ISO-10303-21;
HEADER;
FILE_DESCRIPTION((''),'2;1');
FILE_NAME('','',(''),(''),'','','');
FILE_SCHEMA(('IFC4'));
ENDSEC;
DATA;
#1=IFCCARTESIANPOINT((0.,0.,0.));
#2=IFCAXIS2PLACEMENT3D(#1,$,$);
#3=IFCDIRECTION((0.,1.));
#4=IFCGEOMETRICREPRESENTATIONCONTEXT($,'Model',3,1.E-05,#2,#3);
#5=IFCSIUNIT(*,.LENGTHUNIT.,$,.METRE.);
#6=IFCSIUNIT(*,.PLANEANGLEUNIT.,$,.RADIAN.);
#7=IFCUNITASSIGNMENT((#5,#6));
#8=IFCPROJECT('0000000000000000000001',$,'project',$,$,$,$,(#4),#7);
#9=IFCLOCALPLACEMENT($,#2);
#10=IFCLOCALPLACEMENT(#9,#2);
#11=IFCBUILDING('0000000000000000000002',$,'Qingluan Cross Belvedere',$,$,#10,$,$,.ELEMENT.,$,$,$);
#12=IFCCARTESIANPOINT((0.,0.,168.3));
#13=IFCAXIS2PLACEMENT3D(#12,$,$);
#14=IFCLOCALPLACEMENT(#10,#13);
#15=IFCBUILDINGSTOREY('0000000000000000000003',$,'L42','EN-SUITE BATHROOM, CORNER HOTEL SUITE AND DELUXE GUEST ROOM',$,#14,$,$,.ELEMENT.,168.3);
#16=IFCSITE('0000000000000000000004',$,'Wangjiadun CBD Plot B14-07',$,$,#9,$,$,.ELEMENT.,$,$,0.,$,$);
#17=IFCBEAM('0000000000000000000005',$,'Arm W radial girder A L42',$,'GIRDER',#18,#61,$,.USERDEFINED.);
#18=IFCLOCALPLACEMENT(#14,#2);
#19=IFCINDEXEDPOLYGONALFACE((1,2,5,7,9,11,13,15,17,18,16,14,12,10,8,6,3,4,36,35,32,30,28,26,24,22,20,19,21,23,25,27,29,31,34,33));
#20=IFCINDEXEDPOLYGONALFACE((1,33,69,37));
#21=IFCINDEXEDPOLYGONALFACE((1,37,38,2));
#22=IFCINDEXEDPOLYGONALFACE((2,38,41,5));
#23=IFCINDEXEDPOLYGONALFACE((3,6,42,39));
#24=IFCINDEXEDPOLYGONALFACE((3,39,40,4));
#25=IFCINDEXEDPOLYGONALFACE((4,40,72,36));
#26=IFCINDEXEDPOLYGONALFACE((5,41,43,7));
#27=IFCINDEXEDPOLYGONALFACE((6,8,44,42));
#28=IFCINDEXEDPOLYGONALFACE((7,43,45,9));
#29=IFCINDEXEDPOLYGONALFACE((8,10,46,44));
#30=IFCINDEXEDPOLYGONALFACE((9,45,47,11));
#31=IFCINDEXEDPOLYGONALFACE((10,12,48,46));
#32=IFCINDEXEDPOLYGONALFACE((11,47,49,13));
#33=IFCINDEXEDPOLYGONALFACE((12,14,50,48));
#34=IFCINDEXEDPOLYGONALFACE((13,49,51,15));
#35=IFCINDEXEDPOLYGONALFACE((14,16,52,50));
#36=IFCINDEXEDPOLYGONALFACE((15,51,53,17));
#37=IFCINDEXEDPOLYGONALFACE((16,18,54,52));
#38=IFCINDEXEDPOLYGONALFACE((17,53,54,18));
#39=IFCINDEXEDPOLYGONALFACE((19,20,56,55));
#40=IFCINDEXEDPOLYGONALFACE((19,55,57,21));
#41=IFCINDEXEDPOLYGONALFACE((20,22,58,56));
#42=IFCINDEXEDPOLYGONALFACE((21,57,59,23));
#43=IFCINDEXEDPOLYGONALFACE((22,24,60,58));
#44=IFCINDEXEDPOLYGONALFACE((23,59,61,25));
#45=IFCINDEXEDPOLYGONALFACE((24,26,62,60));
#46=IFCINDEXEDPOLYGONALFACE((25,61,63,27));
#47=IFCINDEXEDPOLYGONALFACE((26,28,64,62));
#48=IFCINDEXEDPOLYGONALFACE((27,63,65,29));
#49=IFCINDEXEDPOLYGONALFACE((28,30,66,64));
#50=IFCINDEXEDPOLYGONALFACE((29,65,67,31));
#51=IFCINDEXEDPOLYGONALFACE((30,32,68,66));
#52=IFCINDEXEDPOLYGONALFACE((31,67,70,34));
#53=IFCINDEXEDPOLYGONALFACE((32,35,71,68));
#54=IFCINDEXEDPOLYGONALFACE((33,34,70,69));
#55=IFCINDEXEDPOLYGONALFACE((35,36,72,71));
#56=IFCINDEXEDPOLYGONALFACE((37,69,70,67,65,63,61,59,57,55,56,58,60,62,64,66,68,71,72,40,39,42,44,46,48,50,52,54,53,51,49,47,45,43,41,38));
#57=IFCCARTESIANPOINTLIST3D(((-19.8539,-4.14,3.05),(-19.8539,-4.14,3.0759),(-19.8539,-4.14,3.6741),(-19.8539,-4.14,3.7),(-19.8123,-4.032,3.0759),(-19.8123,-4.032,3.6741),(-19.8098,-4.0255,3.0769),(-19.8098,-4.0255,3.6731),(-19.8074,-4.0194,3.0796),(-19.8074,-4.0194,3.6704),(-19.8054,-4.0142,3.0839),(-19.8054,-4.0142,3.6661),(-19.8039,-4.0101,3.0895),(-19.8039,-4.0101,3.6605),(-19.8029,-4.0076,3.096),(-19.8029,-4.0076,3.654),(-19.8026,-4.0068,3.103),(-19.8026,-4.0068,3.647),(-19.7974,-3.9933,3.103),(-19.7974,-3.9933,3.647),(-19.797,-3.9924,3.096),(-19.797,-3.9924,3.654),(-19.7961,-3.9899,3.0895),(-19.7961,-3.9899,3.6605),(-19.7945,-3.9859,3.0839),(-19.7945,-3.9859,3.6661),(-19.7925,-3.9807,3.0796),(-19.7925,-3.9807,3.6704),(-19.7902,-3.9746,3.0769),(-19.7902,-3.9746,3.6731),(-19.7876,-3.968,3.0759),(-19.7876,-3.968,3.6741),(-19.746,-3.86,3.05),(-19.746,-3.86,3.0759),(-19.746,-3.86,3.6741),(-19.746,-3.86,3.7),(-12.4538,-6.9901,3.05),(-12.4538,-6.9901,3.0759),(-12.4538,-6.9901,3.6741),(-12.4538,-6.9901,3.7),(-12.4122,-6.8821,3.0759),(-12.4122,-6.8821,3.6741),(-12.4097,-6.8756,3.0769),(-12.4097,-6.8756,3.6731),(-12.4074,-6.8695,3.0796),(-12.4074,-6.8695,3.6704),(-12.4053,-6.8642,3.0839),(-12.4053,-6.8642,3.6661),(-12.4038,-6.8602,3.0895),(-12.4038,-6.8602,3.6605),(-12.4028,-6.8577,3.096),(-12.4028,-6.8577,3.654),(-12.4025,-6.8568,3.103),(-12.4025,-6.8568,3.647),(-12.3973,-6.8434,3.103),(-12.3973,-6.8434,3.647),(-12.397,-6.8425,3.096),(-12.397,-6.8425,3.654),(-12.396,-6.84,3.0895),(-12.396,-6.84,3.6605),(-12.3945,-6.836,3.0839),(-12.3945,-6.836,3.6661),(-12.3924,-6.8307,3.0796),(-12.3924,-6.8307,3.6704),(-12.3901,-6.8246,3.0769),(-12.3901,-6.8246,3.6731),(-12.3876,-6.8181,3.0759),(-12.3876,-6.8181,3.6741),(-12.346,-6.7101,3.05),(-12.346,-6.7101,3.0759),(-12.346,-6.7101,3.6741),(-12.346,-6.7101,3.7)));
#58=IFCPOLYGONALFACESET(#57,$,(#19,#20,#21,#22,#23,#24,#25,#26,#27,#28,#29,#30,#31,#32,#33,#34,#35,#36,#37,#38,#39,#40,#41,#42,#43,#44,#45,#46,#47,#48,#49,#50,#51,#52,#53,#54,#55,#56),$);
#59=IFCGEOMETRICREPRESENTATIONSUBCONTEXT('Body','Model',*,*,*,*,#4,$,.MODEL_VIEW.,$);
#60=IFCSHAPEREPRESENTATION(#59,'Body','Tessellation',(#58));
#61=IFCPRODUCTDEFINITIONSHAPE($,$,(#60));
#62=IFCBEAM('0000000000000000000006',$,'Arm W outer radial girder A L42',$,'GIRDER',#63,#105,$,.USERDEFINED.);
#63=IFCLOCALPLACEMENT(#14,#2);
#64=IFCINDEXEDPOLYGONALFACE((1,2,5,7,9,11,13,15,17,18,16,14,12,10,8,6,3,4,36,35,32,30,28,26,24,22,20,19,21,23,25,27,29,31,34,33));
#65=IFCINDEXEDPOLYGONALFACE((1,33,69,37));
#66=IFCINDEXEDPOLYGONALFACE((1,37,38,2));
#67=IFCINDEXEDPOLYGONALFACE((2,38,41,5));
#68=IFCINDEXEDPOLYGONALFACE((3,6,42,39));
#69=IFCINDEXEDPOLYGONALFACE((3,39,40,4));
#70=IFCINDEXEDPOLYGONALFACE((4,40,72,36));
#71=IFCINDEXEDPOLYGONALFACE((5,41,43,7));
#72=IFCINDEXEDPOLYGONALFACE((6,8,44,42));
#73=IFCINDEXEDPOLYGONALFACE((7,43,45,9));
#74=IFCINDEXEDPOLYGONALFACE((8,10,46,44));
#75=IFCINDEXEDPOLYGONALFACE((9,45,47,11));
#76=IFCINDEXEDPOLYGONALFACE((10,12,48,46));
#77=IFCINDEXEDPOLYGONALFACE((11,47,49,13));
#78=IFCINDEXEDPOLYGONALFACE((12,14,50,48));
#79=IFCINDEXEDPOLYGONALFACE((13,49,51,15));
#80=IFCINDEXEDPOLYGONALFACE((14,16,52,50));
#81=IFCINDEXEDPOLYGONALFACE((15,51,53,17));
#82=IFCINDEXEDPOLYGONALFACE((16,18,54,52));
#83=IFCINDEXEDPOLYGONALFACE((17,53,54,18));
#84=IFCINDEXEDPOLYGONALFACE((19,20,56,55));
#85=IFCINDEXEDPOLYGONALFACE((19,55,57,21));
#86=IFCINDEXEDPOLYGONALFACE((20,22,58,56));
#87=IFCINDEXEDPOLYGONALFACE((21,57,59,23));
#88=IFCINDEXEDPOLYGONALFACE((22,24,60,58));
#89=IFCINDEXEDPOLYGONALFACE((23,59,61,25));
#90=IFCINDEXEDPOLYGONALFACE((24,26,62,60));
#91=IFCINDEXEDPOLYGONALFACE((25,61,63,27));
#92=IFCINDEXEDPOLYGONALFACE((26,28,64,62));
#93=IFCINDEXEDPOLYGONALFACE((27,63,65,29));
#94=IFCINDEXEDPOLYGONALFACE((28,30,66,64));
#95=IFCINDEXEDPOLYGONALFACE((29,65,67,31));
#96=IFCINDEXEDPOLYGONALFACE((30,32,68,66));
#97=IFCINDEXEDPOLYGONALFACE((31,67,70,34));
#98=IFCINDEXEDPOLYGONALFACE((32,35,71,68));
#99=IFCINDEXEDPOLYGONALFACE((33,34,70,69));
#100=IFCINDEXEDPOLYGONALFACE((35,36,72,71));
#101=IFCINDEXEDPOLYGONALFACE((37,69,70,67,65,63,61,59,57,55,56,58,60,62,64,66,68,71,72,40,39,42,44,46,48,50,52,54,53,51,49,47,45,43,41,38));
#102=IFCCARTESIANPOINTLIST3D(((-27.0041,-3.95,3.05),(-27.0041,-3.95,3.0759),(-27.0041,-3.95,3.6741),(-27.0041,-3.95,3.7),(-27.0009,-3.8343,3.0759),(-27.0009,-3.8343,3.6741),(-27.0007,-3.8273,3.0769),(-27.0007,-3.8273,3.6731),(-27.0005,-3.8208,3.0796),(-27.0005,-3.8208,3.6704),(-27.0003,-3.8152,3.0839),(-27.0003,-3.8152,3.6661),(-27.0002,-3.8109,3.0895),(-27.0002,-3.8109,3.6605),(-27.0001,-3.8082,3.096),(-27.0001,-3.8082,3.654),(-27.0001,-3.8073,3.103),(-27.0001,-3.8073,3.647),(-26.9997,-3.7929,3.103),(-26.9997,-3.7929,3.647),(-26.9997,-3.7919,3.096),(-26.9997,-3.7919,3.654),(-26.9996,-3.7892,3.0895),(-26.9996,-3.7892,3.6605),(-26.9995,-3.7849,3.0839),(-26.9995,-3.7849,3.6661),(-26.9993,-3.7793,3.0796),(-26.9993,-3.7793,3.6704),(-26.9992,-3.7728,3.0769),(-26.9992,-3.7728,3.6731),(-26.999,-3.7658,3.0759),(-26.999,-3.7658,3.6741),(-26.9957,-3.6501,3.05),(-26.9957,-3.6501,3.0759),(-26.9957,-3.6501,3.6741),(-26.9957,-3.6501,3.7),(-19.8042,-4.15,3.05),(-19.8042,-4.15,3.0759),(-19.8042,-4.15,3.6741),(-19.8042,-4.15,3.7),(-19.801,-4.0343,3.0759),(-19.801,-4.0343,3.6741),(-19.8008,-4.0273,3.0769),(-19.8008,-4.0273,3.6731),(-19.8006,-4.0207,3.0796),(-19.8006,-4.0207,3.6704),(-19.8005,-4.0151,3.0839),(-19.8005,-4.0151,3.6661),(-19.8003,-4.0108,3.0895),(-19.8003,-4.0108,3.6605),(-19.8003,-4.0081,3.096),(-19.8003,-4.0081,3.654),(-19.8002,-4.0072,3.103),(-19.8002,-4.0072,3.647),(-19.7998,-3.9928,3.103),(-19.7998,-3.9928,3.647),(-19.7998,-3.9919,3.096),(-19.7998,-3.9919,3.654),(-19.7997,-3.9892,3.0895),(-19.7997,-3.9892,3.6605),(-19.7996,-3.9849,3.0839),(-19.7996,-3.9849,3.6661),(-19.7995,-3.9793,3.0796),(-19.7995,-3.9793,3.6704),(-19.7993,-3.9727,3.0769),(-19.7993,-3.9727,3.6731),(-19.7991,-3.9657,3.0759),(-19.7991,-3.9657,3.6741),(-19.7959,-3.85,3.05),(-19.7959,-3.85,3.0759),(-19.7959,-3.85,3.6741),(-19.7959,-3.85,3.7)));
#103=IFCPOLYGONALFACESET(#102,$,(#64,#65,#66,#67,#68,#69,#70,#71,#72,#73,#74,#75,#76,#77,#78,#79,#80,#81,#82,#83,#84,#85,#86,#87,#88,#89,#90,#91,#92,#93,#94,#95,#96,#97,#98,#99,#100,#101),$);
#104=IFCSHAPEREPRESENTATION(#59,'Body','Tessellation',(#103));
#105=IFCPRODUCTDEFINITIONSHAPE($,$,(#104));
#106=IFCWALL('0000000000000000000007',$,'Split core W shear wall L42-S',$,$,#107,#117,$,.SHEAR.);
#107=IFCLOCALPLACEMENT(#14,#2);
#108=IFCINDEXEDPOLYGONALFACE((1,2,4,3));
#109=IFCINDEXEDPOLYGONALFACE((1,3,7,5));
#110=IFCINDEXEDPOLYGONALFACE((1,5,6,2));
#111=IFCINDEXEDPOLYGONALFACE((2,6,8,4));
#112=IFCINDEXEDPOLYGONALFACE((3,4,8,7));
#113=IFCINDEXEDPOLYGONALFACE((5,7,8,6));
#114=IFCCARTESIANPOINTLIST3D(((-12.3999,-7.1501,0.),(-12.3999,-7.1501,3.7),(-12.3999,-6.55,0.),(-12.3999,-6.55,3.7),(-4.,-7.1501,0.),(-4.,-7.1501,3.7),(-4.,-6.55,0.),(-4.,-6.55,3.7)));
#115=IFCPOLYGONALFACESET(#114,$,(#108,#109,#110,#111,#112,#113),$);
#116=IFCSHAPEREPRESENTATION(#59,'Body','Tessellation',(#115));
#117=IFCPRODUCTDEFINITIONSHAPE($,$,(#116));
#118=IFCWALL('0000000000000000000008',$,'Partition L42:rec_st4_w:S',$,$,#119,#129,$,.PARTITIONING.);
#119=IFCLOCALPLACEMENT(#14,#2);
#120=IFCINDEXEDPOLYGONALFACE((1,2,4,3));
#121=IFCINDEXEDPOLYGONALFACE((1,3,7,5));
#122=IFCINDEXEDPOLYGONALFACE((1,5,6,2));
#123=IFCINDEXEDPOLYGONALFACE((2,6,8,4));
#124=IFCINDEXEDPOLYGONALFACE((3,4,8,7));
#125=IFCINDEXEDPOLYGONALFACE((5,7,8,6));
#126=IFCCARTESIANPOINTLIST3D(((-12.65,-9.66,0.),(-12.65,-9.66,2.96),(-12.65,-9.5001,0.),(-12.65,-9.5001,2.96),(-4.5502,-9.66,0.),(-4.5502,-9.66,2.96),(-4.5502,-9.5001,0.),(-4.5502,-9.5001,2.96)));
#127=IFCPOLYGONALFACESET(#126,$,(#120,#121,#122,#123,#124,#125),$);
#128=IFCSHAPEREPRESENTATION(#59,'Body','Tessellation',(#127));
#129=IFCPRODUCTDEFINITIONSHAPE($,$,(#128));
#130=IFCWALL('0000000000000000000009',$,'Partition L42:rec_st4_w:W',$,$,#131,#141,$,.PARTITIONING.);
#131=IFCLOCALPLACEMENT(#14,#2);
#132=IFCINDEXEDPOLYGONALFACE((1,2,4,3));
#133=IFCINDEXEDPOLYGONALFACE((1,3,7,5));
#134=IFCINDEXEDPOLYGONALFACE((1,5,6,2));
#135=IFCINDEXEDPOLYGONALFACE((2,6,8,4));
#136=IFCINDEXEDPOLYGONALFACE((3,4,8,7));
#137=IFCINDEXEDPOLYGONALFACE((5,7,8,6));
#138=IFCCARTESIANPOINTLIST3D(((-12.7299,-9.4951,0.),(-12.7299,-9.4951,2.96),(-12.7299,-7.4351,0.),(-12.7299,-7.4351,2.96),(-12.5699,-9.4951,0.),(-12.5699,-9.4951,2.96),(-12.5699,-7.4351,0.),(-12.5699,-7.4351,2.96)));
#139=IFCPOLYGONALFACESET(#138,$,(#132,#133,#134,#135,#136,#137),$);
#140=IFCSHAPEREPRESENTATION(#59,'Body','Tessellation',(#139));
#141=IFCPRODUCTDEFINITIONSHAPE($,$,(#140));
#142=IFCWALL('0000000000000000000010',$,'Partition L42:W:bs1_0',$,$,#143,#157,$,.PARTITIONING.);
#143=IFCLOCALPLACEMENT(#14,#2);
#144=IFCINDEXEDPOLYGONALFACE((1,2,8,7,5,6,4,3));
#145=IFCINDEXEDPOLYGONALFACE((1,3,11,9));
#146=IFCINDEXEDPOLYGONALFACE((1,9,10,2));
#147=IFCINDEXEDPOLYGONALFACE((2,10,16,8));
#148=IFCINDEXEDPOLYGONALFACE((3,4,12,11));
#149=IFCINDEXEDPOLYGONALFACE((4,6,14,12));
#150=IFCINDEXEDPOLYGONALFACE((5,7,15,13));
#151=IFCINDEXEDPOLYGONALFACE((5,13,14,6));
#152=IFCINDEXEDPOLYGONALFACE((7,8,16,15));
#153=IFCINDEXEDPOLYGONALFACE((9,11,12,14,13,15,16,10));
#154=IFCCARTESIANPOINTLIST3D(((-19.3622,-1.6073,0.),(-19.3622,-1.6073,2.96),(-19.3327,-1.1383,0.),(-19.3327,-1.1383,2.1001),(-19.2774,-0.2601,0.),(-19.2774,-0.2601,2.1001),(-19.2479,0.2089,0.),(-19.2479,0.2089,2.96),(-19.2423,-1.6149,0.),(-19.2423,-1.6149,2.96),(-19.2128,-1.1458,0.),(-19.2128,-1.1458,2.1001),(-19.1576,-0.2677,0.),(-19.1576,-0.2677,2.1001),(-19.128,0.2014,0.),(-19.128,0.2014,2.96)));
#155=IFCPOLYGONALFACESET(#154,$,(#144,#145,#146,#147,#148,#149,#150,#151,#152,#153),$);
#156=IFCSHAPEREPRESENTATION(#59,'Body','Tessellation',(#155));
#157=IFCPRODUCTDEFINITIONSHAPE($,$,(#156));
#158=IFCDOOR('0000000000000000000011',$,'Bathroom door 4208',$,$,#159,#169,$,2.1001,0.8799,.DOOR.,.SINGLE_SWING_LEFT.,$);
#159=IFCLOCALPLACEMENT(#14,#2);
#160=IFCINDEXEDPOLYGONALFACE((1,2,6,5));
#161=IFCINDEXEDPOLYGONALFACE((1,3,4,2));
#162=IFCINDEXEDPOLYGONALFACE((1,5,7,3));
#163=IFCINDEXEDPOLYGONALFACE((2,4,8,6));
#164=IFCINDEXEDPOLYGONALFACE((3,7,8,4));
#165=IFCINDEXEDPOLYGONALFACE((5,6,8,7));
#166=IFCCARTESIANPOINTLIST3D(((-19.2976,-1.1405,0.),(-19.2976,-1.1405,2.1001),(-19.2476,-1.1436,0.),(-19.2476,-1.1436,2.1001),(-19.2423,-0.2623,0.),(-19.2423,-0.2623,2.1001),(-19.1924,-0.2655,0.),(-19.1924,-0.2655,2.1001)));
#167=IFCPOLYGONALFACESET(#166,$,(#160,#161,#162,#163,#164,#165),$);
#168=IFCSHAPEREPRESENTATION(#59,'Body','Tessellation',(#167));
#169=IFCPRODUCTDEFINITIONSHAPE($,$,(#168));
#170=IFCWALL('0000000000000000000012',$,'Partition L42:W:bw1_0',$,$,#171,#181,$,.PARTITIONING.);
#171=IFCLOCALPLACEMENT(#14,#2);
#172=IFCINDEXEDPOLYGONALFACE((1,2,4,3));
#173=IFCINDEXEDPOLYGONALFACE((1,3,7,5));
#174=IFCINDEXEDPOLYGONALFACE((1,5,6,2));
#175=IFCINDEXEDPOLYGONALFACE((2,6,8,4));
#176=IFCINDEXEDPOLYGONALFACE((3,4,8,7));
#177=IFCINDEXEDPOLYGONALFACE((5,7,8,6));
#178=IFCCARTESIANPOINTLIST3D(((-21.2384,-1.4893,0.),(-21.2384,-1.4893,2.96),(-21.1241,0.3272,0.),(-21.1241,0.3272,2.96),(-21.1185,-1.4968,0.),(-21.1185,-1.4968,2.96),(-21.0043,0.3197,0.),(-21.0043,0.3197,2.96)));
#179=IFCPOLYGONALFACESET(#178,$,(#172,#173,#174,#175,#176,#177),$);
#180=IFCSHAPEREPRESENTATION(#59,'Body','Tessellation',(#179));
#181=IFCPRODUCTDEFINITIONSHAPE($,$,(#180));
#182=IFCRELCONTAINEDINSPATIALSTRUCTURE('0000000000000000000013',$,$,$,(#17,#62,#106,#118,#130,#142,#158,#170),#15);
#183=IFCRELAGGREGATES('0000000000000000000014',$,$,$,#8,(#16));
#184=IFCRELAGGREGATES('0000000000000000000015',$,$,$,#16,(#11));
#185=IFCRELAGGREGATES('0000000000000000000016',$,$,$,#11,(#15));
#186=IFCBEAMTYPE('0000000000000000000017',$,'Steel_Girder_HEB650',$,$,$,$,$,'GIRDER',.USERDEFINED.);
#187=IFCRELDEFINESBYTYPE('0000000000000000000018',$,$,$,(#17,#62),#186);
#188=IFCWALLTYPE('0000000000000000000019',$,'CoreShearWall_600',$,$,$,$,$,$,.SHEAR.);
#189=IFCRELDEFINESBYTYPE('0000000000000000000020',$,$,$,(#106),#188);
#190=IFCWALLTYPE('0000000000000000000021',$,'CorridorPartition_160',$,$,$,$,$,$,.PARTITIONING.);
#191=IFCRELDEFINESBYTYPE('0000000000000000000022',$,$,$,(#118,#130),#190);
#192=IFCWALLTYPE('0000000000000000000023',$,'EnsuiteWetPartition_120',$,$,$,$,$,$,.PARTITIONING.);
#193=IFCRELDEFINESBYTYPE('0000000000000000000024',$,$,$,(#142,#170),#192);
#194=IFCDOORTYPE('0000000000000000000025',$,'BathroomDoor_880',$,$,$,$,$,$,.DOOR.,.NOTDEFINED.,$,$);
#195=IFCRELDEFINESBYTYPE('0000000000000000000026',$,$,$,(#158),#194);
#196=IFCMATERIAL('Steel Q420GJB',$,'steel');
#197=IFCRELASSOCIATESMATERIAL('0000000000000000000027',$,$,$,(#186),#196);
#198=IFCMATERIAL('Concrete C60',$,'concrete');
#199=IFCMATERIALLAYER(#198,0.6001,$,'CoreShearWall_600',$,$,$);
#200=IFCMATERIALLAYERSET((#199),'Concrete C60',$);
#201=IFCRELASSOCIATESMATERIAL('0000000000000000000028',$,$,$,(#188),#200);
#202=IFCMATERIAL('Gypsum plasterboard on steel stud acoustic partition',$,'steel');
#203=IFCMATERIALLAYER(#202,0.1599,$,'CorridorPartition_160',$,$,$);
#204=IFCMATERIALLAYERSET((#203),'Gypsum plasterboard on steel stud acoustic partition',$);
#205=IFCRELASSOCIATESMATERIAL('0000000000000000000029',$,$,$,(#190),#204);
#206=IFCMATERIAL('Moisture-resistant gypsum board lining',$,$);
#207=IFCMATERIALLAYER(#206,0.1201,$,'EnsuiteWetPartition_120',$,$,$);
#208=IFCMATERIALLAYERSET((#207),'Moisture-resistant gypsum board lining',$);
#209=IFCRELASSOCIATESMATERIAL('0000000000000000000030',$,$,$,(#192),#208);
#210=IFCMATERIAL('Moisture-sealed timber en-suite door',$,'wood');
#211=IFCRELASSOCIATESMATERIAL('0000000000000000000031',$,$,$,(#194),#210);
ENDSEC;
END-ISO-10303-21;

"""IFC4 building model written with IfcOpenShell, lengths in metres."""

from ifc_helpers import new_model, si_unit, direction, frame, frame_2d, origin, origin_2d, place, context, subcontext, project, spatial, rectangle, i_section, extrude, material, layer, layer_set, material_profile, profile_set, type_object, element, fill, save


model = new_model("IFC4")

# Units and contexts
model_context = context("Model", 3, precision=1e-05, world=origin(), true_north=direction((0.0, 1.0)))
body_context = subcontext(model_context, "Body", "Model", "MODEL_VIEW")
ifc_project = project(units=[si_unit("LENGTHUNIT", "METRE"), si_unit("PLANEANGLEUNIT", "RADIAN")], contexts=[model_context])

# Site, building, storey
site_placement = place(None, origin())
site = spatial("IfcSite", under=ifc_project, at=site_placement, Name="Wangjiadun CBD Plot B14-07", CompositionType="ELEMENT", RefElevation=0.0)
building_placement = place(site_placement, origin())
building = spatial("IfcBuilding", under=site, at=building_placement, Name="Qingluan Cross Belvedere", CompositionType="ELEMENT")
storey_placement = place(building_placement, frame((0.0, 0.0, 168.3)))
storey = spatial("IfcBuildingStorey", under=building, at=storey_placement, Name="L42", Description="EN-SUITE BATHROOM, CORNER HOTEL SUITE AND DELUXE GUEST ROOM", CompositionType="ELEMENT", Elevation=168.3)

# Beams
ifc_material_1 = material(Name="Steel Q420GJB", Category="steel")
ifc_material_profile_1 = material_profile(ifc_material_1, i_section(OverallWidth=0.3, OverallDepth=0.6499, WebThickness=0.0144, FlangeThickness=0.0259, FilletRadius=0.0271, at=origin_2d()), Name="HEB650")
ifc_profile_set_1 = profile_set([ifc_material_profile_1], Name="Steel Q420GJB")
beam_type_1 = type_object("IfcBeamType", Name="Steel_Girder_HEB650", ElementType="GIRDER", PredefinedType="USERDEFINED", material=ifc_profile_set_1)
beam_1_placement = place(storey_placement, frame((-12.3999, -6.8501, 3.375), z_axis=(-0.933181, 0.359406, 0.0), x_axis=(-0.359406, -0.933181, 0.0)))
element("IfcBeam", 1, at=beam_1_placement, inside=storey, type_object=beam_type_1, Name="Arm W radial girder A L42", ObjectType="GIRDER", PredefinedType="USERDEFINED", context=body_context, shape_type="SweptSolid", body=[
    extrude(i_section(OverallWidth=0.3, OverallDepth=0.6499, WebThickness=0.0144, FlangeThickness=0.0259, FilletRadius=0.0271, at=origin_2d()), origin(), (0.0, 0.0, 1.0), 7.9299),
])
beam_2_placement = place(storey_placement, frame((-19.8, -4.0, 3.375), z_axis=(-0.999615, 0.02776, 0.0), x_axis=(-0.02776, -0.999615, 0.0)))
element("IfcBeam", 2, at=beam_2_placement, inside=storey, type_object=beam_type_1, Name="Arm W outer radial girder A L42", ObjectType="GIRDER", PredefinedType="USERDEFINED", context=body_context, shape_type="SweptSolid", body=[
    extrude(i_section(OverallWidth=0.3, OverallDepth=0.6499, WebThickness=0.0144, FlangeThickness=0.0259, FilletRadius=0.0271, at=origin_2d()), origin(), (0.0, 0.0, 1.0), 7.2026),
])

# Walls
ifc_material_2 = material(Name="Concrete C60", Category="concrete")
ifc_layer_1 = layer(ifc_material_2, 0.6001, Name="CoreShearWall_600")
ifc_layer_set_1 = layer_set([ifc_layer_1], Name="Concrete C60")
wall_type_1 = type_object("IfcWallType", Name="CoreShearWall_600", PredefinedType="SHEAR", material=ifc_layer_set_1)
wall_1_placement = place(storey_placement, frame((-12.3999, -6.8501, 0.0), z_axis=(0.0, 0.0, 1.0), x_axis=(1.0, 0.0, 0.0)))
element("IfcWall", 3, at=wall_1_placement, inside=storey, type_object=wall_type_1, Name="Split core W shear wall L42-S", PredefinedType="SHEAR", context=body_context, shape_type="SweptSolid", body=[
    extrude(rectangle(XDim=8.3999, YDim=0.6001, at=frame_2d((4.2, 0.0))), origin(), (0.0, 0.0, 1.0), 3.7),
])
ifc_material_3 = material(Name="Gypsum plasterboard on steel stud acoustic partition", Category="steel")
ifc_layer_2 = layer(ifc_material_3, 0.1599, Name="CorridorPartition_160")
ifc_layer_set_2 = layer_set([ifc_layer_2], Name="Gypsum plasterboard on steel stud acoustic partition")
wall_type_2 = type_object("IfcWallType", Name="CorridorPartition_160", PredefinedType="PARTITIONING", material=ifc_layer_set_2)
wall_2_placement = place(storey_placement, frame((-12.6499, -9.5801, 0.0), z_axis=(0.0, 0.0, 1.0), x_axis=(1.0, 0.0, 0.0)))
element("IfcWall", 4, at=wall_2_placement, inside=storey, type_object=wall_type_2, Name="Partition L42:rec_st4_w:S", PredefinedType="PARTITIONING", context=body_context, shape_type="SweptSolid", body=[
    extrude(rectangle(XDim=8.0999, YDim=0.1599, at=frame_2d((4.0498, 0.0))), origin(), (0.0, 0.0, 1.0), 2.96),
])
wall_3_placement = place(storey_placement, frame((-12.6499, -9.4951, 0.0), z_axis=(0.0, 0.0, 1.0), x_axis=(0.0, 1.0, 0.0)))
element("IfcWall", 5, at=wall_3_placement, inside=storey, type_object=wall_type_2, Name="Partition L42:rec_st4_w:W", PredefinedType="PARTITIONING", context=body_context, shape_type="SweptSolid", body=[
    extrude(rectangle(XDim=2.0601, YDim=0.1599, at=frame_2d((1.03, 0.0))), origin(), (0.0, 0.0, 1.0), 2.96),
])

# Wall, opening, door
ifc_material_4 = material(Name="Moisture-resistant gypsum board lining")
ifc_layer_3 = layer(ifc_material_4, 0.1201, Name="EnsuiteWetPartition_120")
ifc_layer_set_3 = layer_set([ifc_layer_3], Name="Moisture-resistant gypsum board lining")
wall_type_3 = type_object("IfcWallType", Name="EnsuiteWetPartition_120", PredefinedType="PARTITIONING", material=ifc_layer_set_3)
wall_4_placement = place(storey_placement, frame((-19.3022, -1.6111, 0.0), z_axis=(0.0, 0.0, 1.0), x_axis=(0.062788, 0.998027, 0.0)))
wall_4 = element("IfcWall", 6, at=wall_4_placement, inside=storey, type_object=wall_type_3, Name="Partition L42:W:bs1_0", PredefinedType="PARTITIONING", context=body_context, shape_type="SweptSolid", body=[
    extrude(rectangle(XDim=1.8198, YDim=0.1201, at=frame_2d((0.9099, 0.0))), origin(), (0.0, 0.0, 1.0), 2.96),
])
opening_1_placement = place(wall_4_placement, frame((0.47, 0.0, 0.0)))
opening_1 = element("IfcOpeningElement", 7, at=opening_1_placement, cuts=wall_4, PredefinedType="OPENING", context=body_context, shape_type="SweptSolid", body=[
    extrude(rectangle(XDim=0.8799, YDim=2.1001, at=frame_2d((0.4399, 1.05))), frame((0.0, 0.0701, 0.0), z_axis=(0.0, -1.0, 0.0), x_axis=(1.0, 0.0, 0.0)), (0.0, 0.0, 1.0), 0.1401),
])
ifc_material_5 = material(Name="Moisture-sealed timber en-suite door", Category="wood")
door_type = type_object("IfcDoorType", Name="BathroomDoor_880", OperationType="NOTDEFINED", PredefinedType="DOOR", material=ifc_material_5)
door_1_placement = place(opening_1_placement, origin())
door_1 = element("IfcDoor", 8, at=door_1_placement, inside=storey, type_object=door_type, Name="Bathroom door 4208", OperationType="SINGLE_SWING_LEFT", OverallHeight=2.1001, OverallWidth=0.8799, PredefinedType="DOOR", context=body_context, shape_type="SweptSolid", body=[
    extrude(rectangle(XDim=0.8799, YDim=2.1001, at=frame_2d((0.4399, 1.05))), frame((0.0, 0.0249, 0.0), z_axis=(0.0, -1.0, 0.0), x_axis=(1.0, 0.0, 0.0)), (0.0, 0.0, 1.0), 0.05),
])
fill(opening_1, door_1)

# Wall
wall_5_placement = place(storey_placement, frame((-21.1785, -1.4932, 0.0), z_axis=(0.0, 0.0, 1.0), x_axis=(0.062779, 0.998027, 0.0)))
element("IfcWall", 9, at=wall_5_placement, inside=storey, type_object=wall_type_3, Name="Partition L42:W:bw1_0", PredefinedType="PARTITIONING", context=body_context, shape_type="SweptSolid", body=[
    extrude(rectangle(XDim=1.8201, YDim=0.1201, at=frame_2d((0.9102, 0.0))), origin(), (0.0, 0.0, 1.0), 2.96),
])

save(model, "model.ifc")
